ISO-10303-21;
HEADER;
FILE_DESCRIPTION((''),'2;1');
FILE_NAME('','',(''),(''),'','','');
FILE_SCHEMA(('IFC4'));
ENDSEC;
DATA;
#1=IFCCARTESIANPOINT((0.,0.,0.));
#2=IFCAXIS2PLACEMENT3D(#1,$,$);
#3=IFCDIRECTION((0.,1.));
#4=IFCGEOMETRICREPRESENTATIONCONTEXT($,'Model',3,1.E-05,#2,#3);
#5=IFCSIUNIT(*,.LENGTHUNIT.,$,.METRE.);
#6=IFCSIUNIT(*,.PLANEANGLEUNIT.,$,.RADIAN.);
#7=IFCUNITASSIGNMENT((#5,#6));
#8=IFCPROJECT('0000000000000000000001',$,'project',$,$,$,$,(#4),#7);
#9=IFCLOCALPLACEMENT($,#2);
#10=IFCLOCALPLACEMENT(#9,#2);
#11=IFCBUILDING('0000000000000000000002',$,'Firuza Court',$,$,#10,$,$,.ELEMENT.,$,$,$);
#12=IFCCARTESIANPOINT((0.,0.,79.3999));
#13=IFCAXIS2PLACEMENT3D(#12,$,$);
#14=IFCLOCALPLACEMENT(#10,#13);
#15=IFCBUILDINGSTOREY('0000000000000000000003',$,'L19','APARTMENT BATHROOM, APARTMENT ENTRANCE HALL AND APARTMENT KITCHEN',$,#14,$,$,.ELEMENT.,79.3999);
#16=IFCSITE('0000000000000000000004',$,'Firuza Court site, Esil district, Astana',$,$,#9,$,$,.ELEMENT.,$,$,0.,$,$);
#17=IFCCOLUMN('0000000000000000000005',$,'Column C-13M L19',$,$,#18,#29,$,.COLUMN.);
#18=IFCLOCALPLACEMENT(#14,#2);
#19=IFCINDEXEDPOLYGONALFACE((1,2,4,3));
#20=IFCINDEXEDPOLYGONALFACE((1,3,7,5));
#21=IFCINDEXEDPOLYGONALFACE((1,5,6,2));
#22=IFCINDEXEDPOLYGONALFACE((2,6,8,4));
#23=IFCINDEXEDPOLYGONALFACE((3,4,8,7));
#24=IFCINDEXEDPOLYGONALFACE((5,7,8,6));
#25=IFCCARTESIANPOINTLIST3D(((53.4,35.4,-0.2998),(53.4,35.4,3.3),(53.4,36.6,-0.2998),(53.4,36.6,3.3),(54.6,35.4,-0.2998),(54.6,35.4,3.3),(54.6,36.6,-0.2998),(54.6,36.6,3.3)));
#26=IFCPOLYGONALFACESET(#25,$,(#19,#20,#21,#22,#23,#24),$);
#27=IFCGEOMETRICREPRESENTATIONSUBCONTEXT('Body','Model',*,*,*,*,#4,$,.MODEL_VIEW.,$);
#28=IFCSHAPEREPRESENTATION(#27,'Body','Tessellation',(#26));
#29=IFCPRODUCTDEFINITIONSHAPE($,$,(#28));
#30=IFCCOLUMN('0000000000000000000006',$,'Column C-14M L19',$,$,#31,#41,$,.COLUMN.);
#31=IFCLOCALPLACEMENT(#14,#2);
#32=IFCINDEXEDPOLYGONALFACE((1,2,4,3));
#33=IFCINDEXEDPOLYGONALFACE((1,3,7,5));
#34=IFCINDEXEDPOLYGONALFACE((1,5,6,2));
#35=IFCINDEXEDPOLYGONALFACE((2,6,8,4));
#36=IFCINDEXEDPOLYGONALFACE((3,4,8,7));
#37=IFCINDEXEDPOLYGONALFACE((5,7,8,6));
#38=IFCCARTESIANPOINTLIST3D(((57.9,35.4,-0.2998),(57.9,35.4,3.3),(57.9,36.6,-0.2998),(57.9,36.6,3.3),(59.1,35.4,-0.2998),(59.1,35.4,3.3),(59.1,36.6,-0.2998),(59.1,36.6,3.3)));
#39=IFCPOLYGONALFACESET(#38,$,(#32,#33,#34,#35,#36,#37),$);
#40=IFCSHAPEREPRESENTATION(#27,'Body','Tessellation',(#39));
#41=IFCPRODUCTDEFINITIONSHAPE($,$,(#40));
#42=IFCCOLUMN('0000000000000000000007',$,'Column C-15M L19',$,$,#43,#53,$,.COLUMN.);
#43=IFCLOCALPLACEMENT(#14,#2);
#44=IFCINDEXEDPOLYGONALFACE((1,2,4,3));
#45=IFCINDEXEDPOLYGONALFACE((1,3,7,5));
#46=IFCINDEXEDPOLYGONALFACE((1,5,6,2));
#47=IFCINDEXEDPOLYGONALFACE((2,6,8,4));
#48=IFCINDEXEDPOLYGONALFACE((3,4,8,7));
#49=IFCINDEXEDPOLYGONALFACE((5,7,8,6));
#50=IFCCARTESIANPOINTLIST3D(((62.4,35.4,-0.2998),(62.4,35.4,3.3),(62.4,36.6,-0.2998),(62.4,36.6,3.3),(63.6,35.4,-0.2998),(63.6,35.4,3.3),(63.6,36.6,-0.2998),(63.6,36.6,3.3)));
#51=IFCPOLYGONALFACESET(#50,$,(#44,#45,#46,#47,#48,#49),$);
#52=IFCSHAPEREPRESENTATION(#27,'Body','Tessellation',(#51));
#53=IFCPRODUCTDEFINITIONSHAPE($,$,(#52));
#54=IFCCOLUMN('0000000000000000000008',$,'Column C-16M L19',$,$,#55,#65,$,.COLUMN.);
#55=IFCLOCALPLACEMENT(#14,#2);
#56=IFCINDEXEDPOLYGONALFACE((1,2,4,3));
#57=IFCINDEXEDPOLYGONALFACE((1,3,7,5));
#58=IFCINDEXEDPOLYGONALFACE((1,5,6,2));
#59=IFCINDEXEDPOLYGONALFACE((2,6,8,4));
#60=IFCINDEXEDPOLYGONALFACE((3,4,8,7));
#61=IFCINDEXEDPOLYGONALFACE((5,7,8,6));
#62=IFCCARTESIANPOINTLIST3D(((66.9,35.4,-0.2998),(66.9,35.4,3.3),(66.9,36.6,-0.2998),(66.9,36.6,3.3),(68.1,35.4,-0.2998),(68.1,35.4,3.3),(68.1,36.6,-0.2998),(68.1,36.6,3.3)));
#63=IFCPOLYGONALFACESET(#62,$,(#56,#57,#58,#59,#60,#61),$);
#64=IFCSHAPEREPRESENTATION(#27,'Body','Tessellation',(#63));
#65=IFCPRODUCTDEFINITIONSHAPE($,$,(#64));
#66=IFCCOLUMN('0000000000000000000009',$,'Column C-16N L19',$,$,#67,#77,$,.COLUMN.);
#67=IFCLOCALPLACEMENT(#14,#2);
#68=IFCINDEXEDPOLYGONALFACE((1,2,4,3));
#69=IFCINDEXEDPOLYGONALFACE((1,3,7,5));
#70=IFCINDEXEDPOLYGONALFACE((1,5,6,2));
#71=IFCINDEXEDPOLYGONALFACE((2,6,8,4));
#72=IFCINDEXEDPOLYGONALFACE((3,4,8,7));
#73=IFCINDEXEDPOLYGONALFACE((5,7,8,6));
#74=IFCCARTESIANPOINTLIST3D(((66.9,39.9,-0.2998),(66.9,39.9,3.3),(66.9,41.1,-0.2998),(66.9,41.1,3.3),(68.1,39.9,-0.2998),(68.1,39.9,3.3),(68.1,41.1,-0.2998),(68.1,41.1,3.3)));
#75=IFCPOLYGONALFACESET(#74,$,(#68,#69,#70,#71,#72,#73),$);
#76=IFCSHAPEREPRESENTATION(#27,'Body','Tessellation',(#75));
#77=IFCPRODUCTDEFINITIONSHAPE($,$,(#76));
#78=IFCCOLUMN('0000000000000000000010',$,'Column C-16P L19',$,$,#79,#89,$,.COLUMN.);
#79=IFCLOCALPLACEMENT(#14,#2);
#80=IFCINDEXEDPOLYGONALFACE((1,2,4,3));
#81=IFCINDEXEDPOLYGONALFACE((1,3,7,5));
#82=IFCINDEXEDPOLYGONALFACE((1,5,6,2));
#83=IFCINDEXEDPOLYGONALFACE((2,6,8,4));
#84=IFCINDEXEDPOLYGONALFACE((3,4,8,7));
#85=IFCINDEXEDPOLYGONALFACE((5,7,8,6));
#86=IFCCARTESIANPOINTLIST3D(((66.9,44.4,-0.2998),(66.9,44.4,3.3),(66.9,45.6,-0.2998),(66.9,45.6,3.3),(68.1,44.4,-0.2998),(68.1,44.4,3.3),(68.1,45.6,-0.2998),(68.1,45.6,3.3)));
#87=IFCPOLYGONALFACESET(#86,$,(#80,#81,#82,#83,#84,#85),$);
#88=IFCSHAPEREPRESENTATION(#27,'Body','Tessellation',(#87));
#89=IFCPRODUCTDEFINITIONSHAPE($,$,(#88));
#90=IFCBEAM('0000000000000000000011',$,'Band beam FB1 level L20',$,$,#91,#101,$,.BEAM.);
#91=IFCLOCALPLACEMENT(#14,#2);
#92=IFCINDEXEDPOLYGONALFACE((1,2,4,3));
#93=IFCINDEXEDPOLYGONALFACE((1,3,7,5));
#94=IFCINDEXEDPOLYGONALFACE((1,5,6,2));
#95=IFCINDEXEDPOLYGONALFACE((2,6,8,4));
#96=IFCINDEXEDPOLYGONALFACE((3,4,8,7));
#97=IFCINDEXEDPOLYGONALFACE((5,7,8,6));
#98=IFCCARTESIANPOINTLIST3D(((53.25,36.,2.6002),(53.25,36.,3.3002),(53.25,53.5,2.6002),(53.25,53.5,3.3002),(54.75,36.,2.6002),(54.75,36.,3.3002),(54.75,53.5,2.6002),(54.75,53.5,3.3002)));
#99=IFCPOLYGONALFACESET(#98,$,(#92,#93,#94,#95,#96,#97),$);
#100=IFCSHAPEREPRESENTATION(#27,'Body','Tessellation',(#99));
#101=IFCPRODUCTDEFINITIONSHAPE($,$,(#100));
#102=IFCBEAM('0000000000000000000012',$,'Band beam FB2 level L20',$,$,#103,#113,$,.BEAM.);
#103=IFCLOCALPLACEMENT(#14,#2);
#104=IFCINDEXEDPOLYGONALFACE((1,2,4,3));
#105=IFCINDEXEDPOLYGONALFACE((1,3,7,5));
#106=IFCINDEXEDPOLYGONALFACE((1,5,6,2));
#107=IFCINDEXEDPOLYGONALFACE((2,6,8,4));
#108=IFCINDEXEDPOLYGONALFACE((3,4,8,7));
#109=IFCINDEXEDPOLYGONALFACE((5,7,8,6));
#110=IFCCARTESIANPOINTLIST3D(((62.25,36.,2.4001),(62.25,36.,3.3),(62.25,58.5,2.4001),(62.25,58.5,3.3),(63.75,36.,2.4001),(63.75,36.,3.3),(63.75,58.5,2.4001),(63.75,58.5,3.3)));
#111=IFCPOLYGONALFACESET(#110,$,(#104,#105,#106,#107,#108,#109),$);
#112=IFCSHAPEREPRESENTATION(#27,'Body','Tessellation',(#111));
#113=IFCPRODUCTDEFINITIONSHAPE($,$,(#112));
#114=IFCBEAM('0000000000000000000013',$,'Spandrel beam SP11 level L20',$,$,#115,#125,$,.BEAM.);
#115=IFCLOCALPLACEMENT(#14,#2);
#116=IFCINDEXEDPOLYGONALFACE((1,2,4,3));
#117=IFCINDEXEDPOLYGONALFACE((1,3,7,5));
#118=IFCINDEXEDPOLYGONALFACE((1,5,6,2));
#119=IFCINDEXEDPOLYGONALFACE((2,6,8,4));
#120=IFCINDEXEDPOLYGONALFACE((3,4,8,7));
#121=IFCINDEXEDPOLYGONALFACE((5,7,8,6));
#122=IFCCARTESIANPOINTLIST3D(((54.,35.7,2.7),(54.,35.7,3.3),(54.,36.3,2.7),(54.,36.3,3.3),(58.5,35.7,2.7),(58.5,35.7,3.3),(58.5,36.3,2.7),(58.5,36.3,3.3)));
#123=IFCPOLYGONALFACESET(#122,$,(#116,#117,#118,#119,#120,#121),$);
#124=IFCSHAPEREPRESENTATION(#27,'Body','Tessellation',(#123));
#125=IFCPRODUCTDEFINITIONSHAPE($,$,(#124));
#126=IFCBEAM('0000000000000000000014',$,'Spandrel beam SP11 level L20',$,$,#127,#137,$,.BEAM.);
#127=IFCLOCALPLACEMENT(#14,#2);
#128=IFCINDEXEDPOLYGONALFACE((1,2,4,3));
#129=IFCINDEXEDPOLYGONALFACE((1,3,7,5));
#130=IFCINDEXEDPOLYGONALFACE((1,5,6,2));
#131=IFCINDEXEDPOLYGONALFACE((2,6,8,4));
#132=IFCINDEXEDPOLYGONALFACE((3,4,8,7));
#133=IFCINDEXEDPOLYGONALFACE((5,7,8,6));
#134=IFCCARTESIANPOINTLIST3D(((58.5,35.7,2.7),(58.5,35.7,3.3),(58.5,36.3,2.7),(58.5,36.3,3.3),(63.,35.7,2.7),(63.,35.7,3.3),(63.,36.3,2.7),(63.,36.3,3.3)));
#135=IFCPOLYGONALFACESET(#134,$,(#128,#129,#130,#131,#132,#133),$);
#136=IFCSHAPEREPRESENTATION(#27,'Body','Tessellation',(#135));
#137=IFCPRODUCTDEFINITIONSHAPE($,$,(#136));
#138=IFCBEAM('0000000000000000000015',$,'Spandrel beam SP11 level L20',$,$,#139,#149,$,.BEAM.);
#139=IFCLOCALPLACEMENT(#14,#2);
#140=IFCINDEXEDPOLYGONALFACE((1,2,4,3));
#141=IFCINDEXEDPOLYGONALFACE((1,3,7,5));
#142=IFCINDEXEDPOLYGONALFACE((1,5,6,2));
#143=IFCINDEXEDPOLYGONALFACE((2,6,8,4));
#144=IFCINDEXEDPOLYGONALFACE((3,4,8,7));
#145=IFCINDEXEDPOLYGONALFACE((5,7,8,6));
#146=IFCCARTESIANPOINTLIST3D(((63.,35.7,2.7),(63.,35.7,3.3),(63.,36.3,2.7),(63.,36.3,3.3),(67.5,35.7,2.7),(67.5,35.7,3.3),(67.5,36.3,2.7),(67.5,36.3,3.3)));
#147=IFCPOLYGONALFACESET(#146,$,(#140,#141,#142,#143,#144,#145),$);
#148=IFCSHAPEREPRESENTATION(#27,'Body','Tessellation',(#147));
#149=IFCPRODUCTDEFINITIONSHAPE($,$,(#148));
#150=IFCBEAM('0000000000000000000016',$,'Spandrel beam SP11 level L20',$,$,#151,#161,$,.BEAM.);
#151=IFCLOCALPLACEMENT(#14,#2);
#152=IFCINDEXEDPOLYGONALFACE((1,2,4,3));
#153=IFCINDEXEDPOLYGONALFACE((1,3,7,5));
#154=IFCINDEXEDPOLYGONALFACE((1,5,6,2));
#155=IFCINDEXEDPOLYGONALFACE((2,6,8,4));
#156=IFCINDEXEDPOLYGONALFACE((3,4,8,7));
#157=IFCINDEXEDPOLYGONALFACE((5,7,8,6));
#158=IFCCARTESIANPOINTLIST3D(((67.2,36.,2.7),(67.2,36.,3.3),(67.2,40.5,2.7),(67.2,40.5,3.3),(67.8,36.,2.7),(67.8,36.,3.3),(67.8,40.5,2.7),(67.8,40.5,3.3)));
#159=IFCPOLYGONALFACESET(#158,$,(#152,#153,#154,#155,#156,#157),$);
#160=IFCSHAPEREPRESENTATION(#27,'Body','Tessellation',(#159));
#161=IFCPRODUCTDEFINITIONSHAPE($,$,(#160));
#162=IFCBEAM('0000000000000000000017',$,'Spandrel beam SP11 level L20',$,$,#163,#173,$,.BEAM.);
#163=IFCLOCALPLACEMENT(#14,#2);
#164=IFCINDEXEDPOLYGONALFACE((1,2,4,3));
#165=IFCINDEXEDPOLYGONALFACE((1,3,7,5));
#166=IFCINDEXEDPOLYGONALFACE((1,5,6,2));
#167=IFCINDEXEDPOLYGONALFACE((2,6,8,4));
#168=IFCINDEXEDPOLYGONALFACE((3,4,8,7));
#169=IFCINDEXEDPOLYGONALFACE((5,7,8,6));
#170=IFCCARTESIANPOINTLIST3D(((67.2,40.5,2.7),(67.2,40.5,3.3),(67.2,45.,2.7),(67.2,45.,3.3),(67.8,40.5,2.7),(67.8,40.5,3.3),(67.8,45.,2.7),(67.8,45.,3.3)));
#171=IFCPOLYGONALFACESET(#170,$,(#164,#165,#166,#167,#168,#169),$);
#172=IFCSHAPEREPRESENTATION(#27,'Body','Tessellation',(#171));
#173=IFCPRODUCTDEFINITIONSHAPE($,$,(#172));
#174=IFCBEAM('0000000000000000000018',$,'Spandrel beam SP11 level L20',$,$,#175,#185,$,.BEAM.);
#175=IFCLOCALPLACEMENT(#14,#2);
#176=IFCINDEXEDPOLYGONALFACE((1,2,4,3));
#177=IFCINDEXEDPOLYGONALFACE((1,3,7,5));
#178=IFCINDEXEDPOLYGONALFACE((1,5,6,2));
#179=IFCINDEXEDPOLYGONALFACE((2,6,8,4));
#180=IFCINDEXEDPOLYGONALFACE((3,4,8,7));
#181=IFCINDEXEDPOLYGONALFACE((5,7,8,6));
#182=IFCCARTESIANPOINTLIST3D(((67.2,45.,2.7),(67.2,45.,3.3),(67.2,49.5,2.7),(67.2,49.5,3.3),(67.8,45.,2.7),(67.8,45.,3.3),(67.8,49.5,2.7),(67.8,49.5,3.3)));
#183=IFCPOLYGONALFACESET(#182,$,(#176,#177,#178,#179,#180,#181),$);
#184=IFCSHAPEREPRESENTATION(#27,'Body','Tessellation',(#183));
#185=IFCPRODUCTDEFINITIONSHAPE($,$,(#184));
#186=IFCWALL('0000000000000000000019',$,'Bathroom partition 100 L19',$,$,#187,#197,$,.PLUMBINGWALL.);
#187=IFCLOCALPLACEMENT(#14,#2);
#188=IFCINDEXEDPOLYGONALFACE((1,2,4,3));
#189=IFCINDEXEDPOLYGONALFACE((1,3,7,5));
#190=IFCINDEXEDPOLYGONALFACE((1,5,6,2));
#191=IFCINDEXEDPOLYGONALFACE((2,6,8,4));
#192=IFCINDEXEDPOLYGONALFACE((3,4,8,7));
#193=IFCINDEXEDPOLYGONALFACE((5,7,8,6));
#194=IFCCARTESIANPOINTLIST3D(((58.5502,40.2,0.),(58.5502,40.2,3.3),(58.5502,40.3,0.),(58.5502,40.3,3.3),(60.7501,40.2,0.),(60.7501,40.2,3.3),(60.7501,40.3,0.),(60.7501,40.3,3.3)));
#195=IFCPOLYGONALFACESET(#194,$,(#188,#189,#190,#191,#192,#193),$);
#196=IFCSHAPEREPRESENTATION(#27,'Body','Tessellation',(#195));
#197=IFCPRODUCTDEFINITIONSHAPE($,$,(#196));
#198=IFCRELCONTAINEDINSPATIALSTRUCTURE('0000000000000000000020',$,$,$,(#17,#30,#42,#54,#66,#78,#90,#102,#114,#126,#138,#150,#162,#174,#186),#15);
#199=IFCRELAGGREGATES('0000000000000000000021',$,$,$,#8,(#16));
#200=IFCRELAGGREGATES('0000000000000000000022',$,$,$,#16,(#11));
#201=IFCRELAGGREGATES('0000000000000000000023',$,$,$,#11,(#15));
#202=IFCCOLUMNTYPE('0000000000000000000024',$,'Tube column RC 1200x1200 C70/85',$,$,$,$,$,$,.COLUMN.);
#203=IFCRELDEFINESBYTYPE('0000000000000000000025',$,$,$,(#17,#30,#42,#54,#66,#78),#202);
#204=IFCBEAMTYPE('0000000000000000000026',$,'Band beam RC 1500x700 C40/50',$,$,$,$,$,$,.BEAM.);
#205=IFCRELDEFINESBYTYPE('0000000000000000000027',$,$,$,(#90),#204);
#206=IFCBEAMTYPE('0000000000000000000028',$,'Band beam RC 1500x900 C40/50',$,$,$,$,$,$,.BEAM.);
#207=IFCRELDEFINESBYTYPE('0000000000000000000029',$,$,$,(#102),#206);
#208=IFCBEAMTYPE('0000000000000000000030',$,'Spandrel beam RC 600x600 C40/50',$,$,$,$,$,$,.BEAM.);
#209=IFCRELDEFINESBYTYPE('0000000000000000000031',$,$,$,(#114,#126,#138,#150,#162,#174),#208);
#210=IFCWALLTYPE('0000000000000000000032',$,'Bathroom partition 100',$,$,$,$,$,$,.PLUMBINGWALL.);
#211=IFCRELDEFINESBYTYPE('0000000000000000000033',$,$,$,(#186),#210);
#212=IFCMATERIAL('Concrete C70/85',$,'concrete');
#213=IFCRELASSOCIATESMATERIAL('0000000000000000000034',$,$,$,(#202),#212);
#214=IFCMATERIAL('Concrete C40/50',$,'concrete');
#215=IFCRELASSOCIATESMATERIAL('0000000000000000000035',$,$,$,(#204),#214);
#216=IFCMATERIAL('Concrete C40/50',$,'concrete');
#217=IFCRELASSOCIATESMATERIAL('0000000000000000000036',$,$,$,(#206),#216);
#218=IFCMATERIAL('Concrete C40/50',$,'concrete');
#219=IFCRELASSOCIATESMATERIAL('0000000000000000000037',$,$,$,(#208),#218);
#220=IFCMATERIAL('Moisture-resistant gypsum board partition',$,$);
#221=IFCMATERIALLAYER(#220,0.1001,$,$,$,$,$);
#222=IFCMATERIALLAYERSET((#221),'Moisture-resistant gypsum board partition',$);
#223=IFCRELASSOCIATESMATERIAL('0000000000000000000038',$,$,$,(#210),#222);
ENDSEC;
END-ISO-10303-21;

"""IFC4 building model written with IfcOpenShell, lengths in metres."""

from ifc_helpers import new_model, si_unit, direction, frame, frame_2d, origin, origin_2d, place, context, subcontext, project, spatial, rectangle, extrude, material, layer, layer_set, material_profile, profile_set, type_object, element, save


model = new_model("IFC4")

# Units and contexts
model_context = context("Model", 3, precision=1e-05, world=origin(), true_north=direction((0.0, 1.0)))
body_context = subcontext(model_context, "Body", "Model", "MODEL_VIEW")
ifc_project = project(units=[si_unit("LENGTHUNIT", "METRE"), si_unit("PLANEANGLEUNIT", "RADIAN")], contexts=[model_context])

# Site, building, storey
site_placement = place(None, origin())
site = spatial("IfcSite", under=ifc_project, at=site_placement, Name="Firuza Court site, Esil district, Astana", CompositionType="ELEMENT", RefElevation=0.0)
building_placement = place(site_placement, origin())
building = spatial("IfcBuilding", under=site, at=building_placement, Name="Firuza Court", CompositionType="ELEMENT")
storey_placement = place(building_placement, frame((0.0, 0.0, 79.3999)))
storey = spatial("IfcBuildingStorey", under=building, at=storey_placement, Name="L19", Description="APARTMENT BATHROOM, APARTMENT ENTRANCE HALL AND APARTMENT KITCHEN", CompositionType="ELEMENT", Elevation=79.3999)

# Columns
ifc_material_1 = material(Name="Concrete C70/85", Category="concrete")
ifc_material_profile_1 = material_profile(ifc_material_1, rectangle(XDim=1.2, YDim=1.2, at=origin_2d()), Name="RC 1200x1200")
ifc_profile_set_1 = profile_set([ifc_material_profile_1], Name="Concrete C70/85")
column_type = type_object("IfcColumnType", Name="Tube column RC 1200x1200 C70/85", PredefinedType="COLUMN", material=ifc_profile_set_1)
for number, where, z_axis, x_axis, name in (
    (1, (54.0, 36.0, -0.2998), (0.0, 0.0, 1.0), (1.0, 0.0, 0.0), "Column C-13M L19"),
    (2, (58.5, 36.0, -0.2998), (0.0, 0.0, 1.0), (1.0, 0.0, 0.0), "Column C-14M L19"),
    (3, (63.0, 36.0, -0.2998), (0.0, 0.0, 1.0), (1.0, 0.0, 0.0), "Column C-15M L19"),
    (4, (67.5, 36.0, -0.2998), (0.0, 0.0, 1.0), (1.0, 0.0, 0.0), "Column C-16M L19"),
    (5, (67.5, 40.5, -0.2998), (0.0, 0.0, 1.0), (1.0, 0.0, 0.0), "Column C-16N L19"),
    (6, (67.5, 45.0, -0.2998), (0.0, 0.0, 1.0), (1.0, 0.0, 0.0), "Column C-16P L19"),
):
    element("IfcColumn", number, at=place(storey_placement, frame(where, z_axis=z_axis, x_axis=x_axis)), inside=storey, type_object=column_type, Name=name, PredefinedType="COLUMN", context=body_context, shape_type="SweptSolid", body=[
        extrude(rectangle(XDim=1.2, YDim=1.2, at=origin_2d()), origin(), (0.0, 0.0, 1.0), 3.5999),
    ])

# Beams
ifc_material_2 = material(Name="Concrete C40/50", Category="concrete")
ifc_material_profile_2 = material_profile(ifc_material_2, rectangle(XDim=1.5, YDim=0.7, at=origin_2d()), Name="RC 1500x700")
ifc_profile_set_2 = profile_set([ifc_material_profile_2], Name="Concrete C40/50")
beam_type_1 = type_object("IfcBeamType", Name="Band beam RC 1500x700 C40/50", PredefinedType="BEAM", material=ifc_profile_set_2)
beam_1_placement = place(storey_placement, frame((54.0, 36.0, 2.9502), z_axis=(0.0, 1.0, 0.0), x_axis=(-1.0, 0.0, 0.0)))
element("IfcBeam", 7, at=beam_1_placement, inside=storey, type_object=beam_type_1, Name="Band beam FB1 level L20", PredefinedType="BEAM", context=body_context, shape_type="SweptSolid", body=[
    extrude(rectangle(XDim=1.5, YDim=0.7, at=origin_2d()), origin(), (0.0, 0.0, 1.0), 17.5),
])
ifc_material_3 = material(Name="Concrete C40/50", Category="concrete")
ifc_material_profile_3 = material_profile(ifc_material_3, rectangle(XDim=1.5, YDim=0.8999, at=origin_2d()), Name="RC 1500x900")
ifc_profile_set_3 = profile_set([ifc_material_profile_3], Name="Concrete C40/50")
beam_type_2 = type_object("IfcBeamType", Name="Band beam RC 1500x900 C40/50", PredefinedType="BEAM", material=ifc_profile_set_3)
beam_2_placement = place(storey_placement, frame((63.0, 36.0, 2.8501), z_axis=(0.0, 1.0, 0.0), x_axis=(-1.0, 0.0, 0.0)))
element("IfcBeam", 8, at=beam_2_placement, inside=storey, type_object=beam_type_2, Name="Band beam FB2 level L20", PredefinedType="BEAM", context=body_context, shape_type="SweptSolid", body=[
    extrude(rectangle(XDim=1.5, YDim=0.8999, at=origin_2d()), origin(), (0.0, 0.0, 1.0), 22.5),
])
ifc_material_4 = material(Name="Concrete C40/50", Category="concrete")
ifc_material_profile_4 = material_profile(ifc_material_4, rectangle(XDim=0.6001, YDim=0.6001, at=origin_2d()), Name="RC 600x600")
ifc_profile_set_4 = profile_set([ifc_material_profile_4], Name="Concrete C40/50")
beam_type_3 = type_object("IfcBeamType", Name="Spandrel beam RC 600x600 C40/50", PredefinedType="BEAM", material=ifc_profile_set_4)
for number, where, z_axis, x_axis, name in (
    (9, (54.0, 36.0, 3.0), (1.0, 0.0, 0.0), (0.0, 1.0, 0.0), "Spandrel beam SP11 level L20"),
    (10, (58.5, 36.0, 3.0), (1.0, 0.0, 0.0), (0.0, 1.0, 0.0), "Spandrel beam SP11 level L20"),
    (11, (63.0, 36.0, 3.0), (1.0, 0.0, 0.0), (0.0, 1.0, 0.0), "Spandrel beam SP11 level L20"),
    (12, (67.5, 36.0, 3.0), (0.0, 1.0, 0.0), (-1.0, 0.0, 0.0), "Spandrel beam SP11 level L20"),
    (13, (67.5, 40.5, 3.0), (0.0, 1.0, 0.0), (-1.0, 0.0, 0.0), "Spandrel beam SP11 level L20"),
    (14, (67.5, 45.0, 3.0), (0.0, 1.0, 0.0), (-1.0, 0.0, 0.0), "Spandrel beam SP11 level L20"),
):
    element("IfcBeam", number, at=place(storey_placement, frame(where, z_axis=z_axis, x_axis=x_axis)), inside=storey, type_object=beam_type_3, Name=name, PredefinedType="BEAM", context=body_context, shape_type="SweptSolid", body=[
        extrude(rectangle(XDim=0.6001, YDim=0.6001, at=origin_2d()), origin(), (0.0, 0.0, 1.0), 4.5),
    ])

# Wall
ifc_material_5 = material(Name="Moisture-resistant gypsum board partition")
ifc_layer_1 = layer(ifc_material_5, 0.1001)
ifc_layer_set_1 = layer_set([ifc_layer_1], Name="Moisture-resistant gypsum board partition")
wall_type_1 = type_object("IfcWallType", Name="Bathroom partition 100", PredefinedType="PLUMBINGWALL", material=ifc_layer_set_1)
wall_1_placement = place(storey_placement, frame((58.55, 40.25, 0.0), z_axis=(0.0, 0.0, 1.0), x_axis=(1.0, 0.0, 0.0)))
element("IfcWall", 15, at=wall_1_placement, inside=storey, type_object=wall_type_1, Name="Bathroom partition 100 L19", PredefinedType="PLUMBINGWALL", context=body_context, shape_type="SweptSolid", body=[
    extrude(rectangle(XDim=2.2, YDim=0.1001, at=frame_2d((1.1001, 0.0))), origin(), (0.0, 0.0, 1.0), 3.3),
])

save(model, "model.ifc")
